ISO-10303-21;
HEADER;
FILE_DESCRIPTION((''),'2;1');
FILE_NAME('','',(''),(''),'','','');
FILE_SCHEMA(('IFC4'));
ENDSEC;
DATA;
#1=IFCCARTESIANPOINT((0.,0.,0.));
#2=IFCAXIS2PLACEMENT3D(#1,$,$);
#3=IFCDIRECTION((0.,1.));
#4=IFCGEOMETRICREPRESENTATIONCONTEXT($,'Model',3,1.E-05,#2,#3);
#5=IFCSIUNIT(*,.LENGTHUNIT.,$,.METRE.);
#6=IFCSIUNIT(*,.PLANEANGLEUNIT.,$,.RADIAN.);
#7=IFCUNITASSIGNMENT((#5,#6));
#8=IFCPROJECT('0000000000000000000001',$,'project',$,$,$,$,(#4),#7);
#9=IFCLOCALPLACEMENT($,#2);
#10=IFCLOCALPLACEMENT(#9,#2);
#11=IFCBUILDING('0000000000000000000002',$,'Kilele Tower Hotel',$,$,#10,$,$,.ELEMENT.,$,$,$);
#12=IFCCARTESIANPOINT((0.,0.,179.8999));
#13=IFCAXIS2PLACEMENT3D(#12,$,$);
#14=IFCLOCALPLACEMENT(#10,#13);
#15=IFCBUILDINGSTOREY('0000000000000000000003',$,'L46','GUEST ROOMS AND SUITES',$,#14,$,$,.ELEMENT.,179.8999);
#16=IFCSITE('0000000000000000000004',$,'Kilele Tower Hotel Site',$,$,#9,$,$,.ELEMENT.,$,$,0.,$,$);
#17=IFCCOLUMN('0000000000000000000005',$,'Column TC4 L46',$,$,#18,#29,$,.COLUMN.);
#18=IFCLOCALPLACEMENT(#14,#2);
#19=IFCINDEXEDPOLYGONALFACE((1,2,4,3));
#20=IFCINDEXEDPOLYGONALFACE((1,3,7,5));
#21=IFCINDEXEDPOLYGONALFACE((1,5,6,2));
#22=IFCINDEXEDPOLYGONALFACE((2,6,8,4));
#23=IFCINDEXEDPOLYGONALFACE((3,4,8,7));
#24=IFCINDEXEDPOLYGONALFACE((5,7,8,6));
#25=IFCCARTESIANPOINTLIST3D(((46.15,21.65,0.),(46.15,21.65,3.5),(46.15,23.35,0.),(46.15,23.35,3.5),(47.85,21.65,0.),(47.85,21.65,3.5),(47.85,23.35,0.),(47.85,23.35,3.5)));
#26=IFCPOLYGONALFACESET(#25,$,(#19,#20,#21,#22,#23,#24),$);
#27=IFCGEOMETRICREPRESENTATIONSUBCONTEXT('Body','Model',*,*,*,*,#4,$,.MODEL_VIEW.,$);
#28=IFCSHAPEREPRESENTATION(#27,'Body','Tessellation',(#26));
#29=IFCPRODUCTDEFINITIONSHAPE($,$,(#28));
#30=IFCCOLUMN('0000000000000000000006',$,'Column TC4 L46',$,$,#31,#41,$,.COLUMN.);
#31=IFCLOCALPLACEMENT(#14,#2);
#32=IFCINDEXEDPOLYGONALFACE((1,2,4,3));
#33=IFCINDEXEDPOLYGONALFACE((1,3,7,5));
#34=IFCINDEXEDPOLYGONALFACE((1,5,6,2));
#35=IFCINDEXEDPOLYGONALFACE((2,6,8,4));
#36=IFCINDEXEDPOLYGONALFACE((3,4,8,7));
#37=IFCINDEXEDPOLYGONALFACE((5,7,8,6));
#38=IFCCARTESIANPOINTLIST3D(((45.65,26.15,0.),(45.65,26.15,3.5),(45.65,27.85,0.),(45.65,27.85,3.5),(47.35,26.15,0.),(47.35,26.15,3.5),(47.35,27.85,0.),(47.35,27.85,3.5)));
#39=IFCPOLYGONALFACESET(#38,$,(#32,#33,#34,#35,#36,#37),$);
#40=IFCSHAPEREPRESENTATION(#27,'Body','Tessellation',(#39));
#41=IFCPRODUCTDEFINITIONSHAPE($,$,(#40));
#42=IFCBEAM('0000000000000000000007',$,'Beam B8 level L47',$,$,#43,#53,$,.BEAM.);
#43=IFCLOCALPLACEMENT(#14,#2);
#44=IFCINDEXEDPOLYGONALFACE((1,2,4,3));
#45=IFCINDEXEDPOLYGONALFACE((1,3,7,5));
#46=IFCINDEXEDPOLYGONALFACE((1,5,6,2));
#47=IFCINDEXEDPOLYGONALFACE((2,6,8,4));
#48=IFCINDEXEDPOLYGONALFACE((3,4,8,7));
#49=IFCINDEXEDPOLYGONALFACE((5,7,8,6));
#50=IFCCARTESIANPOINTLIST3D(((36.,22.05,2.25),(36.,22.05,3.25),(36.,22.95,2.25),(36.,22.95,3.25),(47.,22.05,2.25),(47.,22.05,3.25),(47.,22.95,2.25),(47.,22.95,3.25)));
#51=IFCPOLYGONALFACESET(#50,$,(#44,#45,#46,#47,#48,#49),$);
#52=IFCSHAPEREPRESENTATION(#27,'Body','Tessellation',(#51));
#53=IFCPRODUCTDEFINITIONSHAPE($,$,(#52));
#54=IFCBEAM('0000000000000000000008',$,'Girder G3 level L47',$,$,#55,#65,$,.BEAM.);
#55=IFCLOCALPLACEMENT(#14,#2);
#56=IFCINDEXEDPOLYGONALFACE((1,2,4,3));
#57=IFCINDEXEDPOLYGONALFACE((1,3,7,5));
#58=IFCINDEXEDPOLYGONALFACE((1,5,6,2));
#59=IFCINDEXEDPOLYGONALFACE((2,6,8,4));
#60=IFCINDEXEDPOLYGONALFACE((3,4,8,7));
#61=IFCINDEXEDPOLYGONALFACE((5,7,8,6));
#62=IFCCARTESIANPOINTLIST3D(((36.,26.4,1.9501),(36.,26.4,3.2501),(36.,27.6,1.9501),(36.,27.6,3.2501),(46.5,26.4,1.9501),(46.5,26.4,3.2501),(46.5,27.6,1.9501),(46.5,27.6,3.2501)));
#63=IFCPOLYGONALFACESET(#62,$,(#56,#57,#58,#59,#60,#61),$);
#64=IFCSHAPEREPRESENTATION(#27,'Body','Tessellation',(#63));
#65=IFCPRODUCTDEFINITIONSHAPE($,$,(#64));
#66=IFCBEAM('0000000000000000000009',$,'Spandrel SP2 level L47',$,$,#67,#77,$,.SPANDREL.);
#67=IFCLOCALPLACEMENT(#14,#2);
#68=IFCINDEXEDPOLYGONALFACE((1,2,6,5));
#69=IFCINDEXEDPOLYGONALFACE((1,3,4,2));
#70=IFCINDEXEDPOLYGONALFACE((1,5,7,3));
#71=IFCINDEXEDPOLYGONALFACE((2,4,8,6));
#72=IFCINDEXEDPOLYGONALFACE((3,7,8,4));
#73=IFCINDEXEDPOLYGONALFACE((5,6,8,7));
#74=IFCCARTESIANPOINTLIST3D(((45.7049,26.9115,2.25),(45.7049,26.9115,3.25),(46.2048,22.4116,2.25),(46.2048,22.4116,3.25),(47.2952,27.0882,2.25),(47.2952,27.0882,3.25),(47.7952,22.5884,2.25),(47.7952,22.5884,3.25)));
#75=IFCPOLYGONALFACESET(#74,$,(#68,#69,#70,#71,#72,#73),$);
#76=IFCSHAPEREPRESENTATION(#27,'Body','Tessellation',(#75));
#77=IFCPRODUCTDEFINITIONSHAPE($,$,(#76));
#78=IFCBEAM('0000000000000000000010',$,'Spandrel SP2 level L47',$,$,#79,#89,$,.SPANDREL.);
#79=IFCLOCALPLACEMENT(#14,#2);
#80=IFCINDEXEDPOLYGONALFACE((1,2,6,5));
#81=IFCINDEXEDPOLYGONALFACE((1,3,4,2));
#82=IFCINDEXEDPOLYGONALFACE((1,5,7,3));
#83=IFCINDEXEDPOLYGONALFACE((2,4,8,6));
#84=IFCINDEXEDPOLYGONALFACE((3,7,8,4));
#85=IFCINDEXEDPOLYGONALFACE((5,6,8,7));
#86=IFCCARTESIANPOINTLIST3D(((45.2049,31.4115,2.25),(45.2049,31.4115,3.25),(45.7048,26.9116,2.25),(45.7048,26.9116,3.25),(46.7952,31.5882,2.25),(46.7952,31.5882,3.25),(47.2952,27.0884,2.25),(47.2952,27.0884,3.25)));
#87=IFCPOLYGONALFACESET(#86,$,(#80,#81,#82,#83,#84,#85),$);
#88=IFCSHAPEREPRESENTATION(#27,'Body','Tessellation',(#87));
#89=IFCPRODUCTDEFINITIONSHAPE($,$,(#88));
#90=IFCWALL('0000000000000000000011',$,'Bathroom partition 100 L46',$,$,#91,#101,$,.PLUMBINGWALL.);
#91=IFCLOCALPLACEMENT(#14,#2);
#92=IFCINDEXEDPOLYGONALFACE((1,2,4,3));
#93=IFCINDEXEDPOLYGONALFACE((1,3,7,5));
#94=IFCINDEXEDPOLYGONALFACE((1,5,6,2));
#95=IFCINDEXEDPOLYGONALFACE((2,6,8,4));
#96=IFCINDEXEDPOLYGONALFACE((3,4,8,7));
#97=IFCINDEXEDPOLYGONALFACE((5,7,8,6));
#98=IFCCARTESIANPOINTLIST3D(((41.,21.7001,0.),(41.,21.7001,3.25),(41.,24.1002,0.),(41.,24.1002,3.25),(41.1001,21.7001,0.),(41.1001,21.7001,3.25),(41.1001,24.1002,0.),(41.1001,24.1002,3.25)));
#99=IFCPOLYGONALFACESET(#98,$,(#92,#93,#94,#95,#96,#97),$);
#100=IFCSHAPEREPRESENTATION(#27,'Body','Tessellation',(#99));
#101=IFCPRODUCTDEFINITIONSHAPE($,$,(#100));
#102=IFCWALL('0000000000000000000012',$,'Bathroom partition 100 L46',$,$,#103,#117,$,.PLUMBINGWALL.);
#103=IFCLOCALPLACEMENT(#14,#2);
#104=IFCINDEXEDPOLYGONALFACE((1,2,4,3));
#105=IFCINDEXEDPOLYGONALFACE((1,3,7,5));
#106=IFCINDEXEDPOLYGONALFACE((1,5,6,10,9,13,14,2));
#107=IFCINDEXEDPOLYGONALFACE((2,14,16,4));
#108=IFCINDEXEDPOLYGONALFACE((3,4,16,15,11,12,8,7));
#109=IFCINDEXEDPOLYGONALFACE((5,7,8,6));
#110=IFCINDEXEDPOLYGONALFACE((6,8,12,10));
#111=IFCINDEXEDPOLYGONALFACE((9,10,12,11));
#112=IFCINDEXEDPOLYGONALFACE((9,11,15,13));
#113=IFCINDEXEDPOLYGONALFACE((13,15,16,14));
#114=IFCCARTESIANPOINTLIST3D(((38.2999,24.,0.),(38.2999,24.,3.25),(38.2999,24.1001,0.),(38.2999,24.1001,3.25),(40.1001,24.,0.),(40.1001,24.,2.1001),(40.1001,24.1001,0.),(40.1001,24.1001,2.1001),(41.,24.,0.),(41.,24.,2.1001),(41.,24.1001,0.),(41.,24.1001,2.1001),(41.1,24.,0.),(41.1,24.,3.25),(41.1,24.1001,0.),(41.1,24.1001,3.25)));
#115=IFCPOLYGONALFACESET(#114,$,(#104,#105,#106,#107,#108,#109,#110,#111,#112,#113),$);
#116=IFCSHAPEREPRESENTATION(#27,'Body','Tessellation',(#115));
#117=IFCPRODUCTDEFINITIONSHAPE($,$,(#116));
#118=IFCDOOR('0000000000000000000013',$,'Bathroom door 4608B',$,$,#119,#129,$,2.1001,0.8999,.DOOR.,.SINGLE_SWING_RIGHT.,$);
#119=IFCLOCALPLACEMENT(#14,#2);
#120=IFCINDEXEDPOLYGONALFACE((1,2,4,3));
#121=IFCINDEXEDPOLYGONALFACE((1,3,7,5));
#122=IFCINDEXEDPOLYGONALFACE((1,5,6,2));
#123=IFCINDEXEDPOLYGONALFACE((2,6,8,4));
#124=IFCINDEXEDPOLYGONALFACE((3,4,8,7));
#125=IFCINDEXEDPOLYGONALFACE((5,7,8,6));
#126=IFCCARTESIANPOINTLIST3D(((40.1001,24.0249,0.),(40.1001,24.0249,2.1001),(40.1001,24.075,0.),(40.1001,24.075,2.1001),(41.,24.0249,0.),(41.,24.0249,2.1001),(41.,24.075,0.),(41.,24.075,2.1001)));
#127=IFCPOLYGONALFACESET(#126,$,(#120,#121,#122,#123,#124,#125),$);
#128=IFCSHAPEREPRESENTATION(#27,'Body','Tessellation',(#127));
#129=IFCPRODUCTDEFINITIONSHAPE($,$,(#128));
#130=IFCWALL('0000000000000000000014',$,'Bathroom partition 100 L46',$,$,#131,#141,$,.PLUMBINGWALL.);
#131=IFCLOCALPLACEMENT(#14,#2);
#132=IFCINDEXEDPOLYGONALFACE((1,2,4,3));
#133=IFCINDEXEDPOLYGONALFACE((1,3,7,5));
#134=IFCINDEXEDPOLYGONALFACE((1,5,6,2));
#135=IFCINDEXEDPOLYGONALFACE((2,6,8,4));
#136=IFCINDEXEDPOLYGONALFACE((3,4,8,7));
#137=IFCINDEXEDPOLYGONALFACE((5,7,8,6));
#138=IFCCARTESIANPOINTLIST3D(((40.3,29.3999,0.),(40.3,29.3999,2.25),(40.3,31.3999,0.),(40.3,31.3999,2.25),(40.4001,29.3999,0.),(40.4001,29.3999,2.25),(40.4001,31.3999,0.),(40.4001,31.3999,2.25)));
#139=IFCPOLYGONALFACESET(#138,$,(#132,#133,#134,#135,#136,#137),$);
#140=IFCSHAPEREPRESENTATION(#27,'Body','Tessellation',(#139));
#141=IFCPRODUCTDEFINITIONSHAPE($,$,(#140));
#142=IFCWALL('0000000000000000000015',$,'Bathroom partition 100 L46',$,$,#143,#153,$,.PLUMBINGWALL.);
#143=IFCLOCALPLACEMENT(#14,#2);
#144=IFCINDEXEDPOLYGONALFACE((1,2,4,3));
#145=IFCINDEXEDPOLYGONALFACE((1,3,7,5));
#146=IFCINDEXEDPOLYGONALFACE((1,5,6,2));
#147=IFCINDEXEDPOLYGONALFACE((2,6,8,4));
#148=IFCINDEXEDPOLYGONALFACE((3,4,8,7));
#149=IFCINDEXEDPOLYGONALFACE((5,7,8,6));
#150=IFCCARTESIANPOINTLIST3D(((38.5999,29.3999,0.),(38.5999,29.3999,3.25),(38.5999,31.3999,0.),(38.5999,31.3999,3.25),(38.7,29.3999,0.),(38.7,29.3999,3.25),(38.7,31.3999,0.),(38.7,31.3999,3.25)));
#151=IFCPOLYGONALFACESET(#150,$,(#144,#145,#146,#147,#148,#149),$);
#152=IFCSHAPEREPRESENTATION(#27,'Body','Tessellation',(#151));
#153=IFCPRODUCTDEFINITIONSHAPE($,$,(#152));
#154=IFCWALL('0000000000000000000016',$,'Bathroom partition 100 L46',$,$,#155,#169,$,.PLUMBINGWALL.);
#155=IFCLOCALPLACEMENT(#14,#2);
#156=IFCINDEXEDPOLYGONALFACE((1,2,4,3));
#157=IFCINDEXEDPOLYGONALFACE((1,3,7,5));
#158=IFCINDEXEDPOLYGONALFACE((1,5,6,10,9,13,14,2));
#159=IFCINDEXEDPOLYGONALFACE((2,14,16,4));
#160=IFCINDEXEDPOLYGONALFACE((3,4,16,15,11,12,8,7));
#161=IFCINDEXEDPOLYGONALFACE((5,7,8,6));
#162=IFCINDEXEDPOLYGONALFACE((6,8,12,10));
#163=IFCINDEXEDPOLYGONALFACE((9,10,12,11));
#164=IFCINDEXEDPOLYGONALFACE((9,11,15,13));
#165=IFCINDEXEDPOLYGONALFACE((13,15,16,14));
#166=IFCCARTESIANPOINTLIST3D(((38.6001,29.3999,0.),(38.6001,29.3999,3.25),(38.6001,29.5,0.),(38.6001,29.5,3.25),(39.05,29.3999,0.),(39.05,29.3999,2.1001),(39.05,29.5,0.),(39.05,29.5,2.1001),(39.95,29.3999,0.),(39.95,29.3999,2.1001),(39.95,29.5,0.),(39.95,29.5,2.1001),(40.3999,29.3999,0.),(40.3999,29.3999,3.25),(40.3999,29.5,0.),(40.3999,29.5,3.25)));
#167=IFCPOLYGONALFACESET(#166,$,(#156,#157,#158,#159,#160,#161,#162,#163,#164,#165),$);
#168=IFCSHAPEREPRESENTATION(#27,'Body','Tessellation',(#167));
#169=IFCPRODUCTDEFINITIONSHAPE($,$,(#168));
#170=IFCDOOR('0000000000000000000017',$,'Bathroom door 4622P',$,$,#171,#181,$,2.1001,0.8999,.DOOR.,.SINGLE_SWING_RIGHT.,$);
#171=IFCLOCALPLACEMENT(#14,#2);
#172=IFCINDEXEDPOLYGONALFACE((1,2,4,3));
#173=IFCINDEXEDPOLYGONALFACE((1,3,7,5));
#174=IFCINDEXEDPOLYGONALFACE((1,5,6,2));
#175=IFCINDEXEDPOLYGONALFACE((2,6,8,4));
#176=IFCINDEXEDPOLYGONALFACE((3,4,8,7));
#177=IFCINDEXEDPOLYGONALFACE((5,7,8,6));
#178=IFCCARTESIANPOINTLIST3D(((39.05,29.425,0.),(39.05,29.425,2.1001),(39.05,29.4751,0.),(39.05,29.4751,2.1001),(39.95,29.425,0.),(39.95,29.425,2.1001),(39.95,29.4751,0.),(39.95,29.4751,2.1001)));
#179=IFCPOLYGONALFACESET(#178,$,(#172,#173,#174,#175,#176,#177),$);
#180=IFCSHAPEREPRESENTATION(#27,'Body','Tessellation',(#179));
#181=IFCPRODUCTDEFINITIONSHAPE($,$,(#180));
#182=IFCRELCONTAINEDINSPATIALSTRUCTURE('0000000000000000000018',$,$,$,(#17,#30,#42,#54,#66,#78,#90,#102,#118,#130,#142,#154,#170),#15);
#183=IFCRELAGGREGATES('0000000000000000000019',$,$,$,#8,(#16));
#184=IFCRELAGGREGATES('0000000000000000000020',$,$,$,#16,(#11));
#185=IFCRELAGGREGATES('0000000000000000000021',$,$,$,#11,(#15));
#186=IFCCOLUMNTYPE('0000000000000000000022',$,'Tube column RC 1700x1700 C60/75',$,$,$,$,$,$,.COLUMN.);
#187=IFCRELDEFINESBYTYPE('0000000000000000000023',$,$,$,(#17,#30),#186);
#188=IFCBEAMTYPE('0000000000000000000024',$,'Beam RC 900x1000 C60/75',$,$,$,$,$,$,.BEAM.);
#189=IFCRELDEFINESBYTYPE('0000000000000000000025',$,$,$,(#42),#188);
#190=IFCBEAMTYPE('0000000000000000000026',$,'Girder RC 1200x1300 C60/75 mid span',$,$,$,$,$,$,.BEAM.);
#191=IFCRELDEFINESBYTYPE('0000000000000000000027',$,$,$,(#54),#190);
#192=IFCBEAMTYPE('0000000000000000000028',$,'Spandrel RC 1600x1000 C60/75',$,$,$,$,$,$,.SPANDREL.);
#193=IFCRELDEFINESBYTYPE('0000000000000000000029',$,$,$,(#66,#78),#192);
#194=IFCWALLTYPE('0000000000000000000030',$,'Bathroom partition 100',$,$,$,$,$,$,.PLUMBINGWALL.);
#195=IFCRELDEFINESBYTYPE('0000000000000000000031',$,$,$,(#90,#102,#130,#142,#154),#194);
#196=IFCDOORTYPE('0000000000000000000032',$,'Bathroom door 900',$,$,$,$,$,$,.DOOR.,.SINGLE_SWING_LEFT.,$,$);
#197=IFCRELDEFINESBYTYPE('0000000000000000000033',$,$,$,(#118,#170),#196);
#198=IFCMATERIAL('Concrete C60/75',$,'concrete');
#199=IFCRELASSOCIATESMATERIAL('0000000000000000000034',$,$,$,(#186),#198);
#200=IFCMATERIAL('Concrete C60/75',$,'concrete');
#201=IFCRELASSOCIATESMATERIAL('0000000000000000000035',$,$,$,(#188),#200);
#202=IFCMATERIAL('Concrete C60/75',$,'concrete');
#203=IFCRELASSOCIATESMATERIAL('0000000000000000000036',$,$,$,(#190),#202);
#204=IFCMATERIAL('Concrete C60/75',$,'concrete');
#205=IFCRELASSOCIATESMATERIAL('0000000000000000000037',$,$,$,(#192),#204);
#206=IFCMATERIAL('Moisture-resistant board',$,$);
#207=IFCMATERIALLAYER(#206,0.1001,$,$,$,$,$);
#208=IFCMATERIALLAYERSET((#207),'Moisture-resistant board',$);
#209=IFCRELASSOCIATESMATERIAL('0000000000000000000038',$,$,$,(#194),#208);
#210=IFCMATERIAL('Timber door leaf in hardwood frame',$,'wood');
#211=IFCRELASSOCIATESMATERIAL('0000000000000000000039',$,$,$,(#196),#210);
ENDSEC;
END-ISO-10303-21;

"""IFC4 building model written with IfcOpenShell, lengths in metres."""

from ifc_helpers import new_model, si_unit, direction, frame, frame_2d, origin, origin_2d, place, context, subcontext, project, spatial, rectangle, extrude, material, layer, layer_set, material_profile, profile_set, type_object, element, fill, save


model = new_model("IFC4")

# Units and contexts
model_context = context("Model", 3, precision=1e-05, world=origin(), true_north=direction((0.0, 1.0)))
body_context = subcontext(model_context, "Body", "Model", "MODEL_VIEW")
ifc_project = project(units=[si_unit("LENGTHUNIT", "METRE"), si_unit("PLANEANGLEUNIT", "RADIAN")], contexts=[model_context])

# Site, building, storey
site_placement = place(None, origin())
site = spatial("IfcSite", under=ifc_project, at=site_placement, Name="Kilele Tower Hotel Site", CompositionType="ELEMENT", RefElevation=0.0)
building_placement = place(site_placement, origin())
building = spatial("IfcBuilding", under=site, at=building_placement, Name="Kilele Tower Hotel", CompositionType="ELEMENT")
storey_placement = place(building_placement, frame((0.0, 0.0, 179.8999)))
storey = spatial("IfcBuildingStorey", under=building, at=storey_placement, Name="L46", Description="GUEST ROOMS AND SUITES", CompositionType="ELEMENT", Elevation=179.8999)

# Columns
ifc_material_1 = material(Name="Concrete C60/75", Category="concrete")
ifc_material_profile_1 = material_profile(ifc_material_1, rectangle(XDim=1.7, YDim=1.7, at=origin_2d()))
ifc_profile_set_1 = profile_set([ifc_material_profile_1], Name="Concrete C60/75")
column_type = type_object("IfcColumnType", Name="Tube column RC 1700x1700 C60/75", PredefinedType="COLUMN", material=ifc_profile_set_1)
for number, where, z_axis, x_axis, name in (
    (1, (47.0, 22.5, 0.0), (0.0, 0.0, 1.0), (1.0, 0.0, 0.0), "Column TC4 L46"),
    (2, (46.5, 27.0, 0.0), (0.0, 0.0, 1.0), (1.0, 0.0, 0.0), "Column TC4 L46"),
):
    element("IfcColumn", number, at=place(storey_placement, frame(where, z_axis=z_axis, x_axis=x_axis)), inside=storey, type_object=column_type, Name=name, PredefinedType="COLUMN", context=body_context, shape_type="SweptSolid", body=[
        extrude(rectangle(XDim=1.7, YDim=1.7, at=origin_2d()), origin(), (0.0, 0.0, 1.0), 3.5),
    ])

# Beams
ifc_material_2 = material(Name="Concrete C60/75", Category="concrete")
ifc_material_profile_2 = material_profile(ifc_material_2, rectangle(XDim=0.8999, YDim=1.0, at=origin_2d()))
ifc_profile_set_2 = profile_set([ifc_material_profile_2], Name="Concrete C60/75")
beam_type_1 = type_object("IfcBeamType", Name="Beam RC 900x1000 C60/75", PredefinedType="BEAM", material=ifc_profile_set_2)
beam_1_placement = place(storey_placement, frame((47.0, 22.5, 2.75), z_axis=(-1.0, 0.0, 0.0), x_axis=(0.0, -1.0, 0.0)))
element("IfcBeam", 3, at=beam_1_placement, inside=storey, type_object=beam_type_1, Name="Beam B8 level L47", PredefinedType="BEAM", context=body_context, shape_type="SweptSolid", body=[
    extrude(rectangle(XDim=0.8999, YDim=1.0, at=origin_2d()), origin(), (0.0, 0.0, 1.0), 11.0),
])
ifc_material_3 = material(Name="Concrete C60/75", Category="concrete")
ifc_material_profile_3 = material_profile(ifc_material_3, rectangle(XDim=1.2, YDim=1.3, at=origin_2d()))
ifc_profile_set_3 = profile_set([ifc_material_profile_3], Name="Concrete C60/75")
beam_type_2 = type_object("IfcBeamType", Name="Girder RC 1200x1300 C60/75 mid span", PredefinedType="BEAM", material=ifc_profile_set_3)
beam_2_placement = place(storey_placement, frame((46.5, 27.0, 2.6001), z_axis=(-1.0, 0.0, 0.0), x_axis=(0.0, -1.0, 0.0)))
element("IfcBeam", 4, at=beam_2_placement, inside=storey, type_object=beam_type_2, Name="Girder G3 level L47", PredefinedType="BEAM", context=body_context, shape_type="SweptSolid", body=[
    extrude(rectangle(XDim=1.2, YDim=1.3, at=origin_2d()), origin(), (0.0, 0.0, 1.0), 10.5),
])
ifc_material_4 = material(Name="Concrete C60/75", Category="concrete")
ifc_material_profile_4 = material_profile(ifc_material_4, rectangle(XDim=1.6001, YDim=1.0, at=origin_2d()))
ifc_profile_set_4 = profile_set([ifc_material_profile_4], Name="Concrete C60/75")
beam_type_3 = type_object("IfcBeamType", Name="Spandrel RC 1600x1000 C60/75", PredefinedType="SPANDREL", material=ifc_profile_set_4)
for number, where, z_axis, x_axis, name in (
    (5, (47.0, 22.5, 2.75), (-0.110432, 0.993884, 0.0), (-0.993884, -0.110432, 0.0), "Spandrel SP2 level L47"),
    (6, (46.5, 27.0, 2.75), (-0.110432, 0.993884, 0.0), (-0.993884, -0.110432, 0.0), "Spandrel SP2 level L47"),
):
    element("IfcBeam", number, at=place(storey_placement, frame(where, z_axis=z_axis, x_axis=x_axis)), inside=storey, type_object=beam_type_3, Name=name, PredefinedType="SPANDREL", context=body_context, shape_type="SweptSolid", body=[
        extrude(rectangle(XDim=1.6001, YDim=1.0, at=origin_2d()), origin(), (0.0, 0.0, 1.0), 4.5276),
    ])

# Wall
ifc_material_5 = material(Name="Moisture-resistant board")
ifc_layer_1 = layer(ifc_material_5, 0.1001)
ifc_layer_set_1 = layer_set([ifc_layer_1], Name="Moisture-resistant board")
wall_type_1 = type_object("IfcWallType", Name="Bathroom partition 100", PredefinedType="PLUMBINGWALL", material=ifc_layer_set_1)
wall_1_placement = place(storey_placement, frame((41.05, 21.7, 0.0), z_axis=(0.0, 0.0, 1.0), x_axis=(0.0, 1.0, 0.0)))
element("IfcWall", 7, at=wall_1_placement, inside=storey, type_object=wall_type_1, Name="Bathroom partition 100 L46", PredefinedType="PLUMBINGWALL", context=body_context, shape_type="SweptSolid", body=[
    extrude(rectangle(XDim=2.4001, YDim=0.1001, at=frame_2d((1.2002, 0.0))), origin(), (0.0, 0.0, 1.0), 3.25),
])

# Wall, opening, door
wall_2_placement = place(storey_placement, frame((38.3, 24.05, 0.0), z_axis=(0.0, 0.0, 1.0), x_axis=(1.0, 0.0, 0.0)))
wall_2 = element("IfcWall", 8, at=wall_2_placement, inside=storey, type_object=wall_type_1, Name="Bathroom partition 100 L46", PredefinedType="PLUMBINGWALL", context=body_context, shape_type="SweptSolid", body=[
    extrude(rectangle(XDim=2.8, YDim=0.1001, at=frame_2d((1.3999, 0.0))), origin(), (0.0, 0.0, 1.0), 3.25),
])
opening_1_placement = place(wall_2_placement, frame((1.8, 0.0, 0.0)))
opening_1 = element("IfcOpeningElement", 9, at=opening_1_placement, cuts=wall_2, PredefinedType="OPENING", context=body_context, shape_type="SweptSolid", body=[
    extrude(rectangle(XDim=0.8999, YDim=2.1001, at=frame_2d((0.45, 1.05))), frame((0.0, 0.0601, 0.0), z_axis=(0.0, -1.0, 0.0), x_axis=(1.0, 0.0, 0.0)), (0.0, 0.0, 1.0), 0.1201),
])
ifc_material_6 = material(Name="Timber door leaf in hardwood frame", Category="wood")
door_type_1 = type_object("IfcDoorType", Name="Bathroom door 900", OperationType="SINGLE_SWING_LEFT", PredefinedType="DOOR", material=ifc_material_6)
door_1_placement = place(opening_1_placement, origin())
door_1 = element("IfcDoor", 10, at=door_1_placement, inside=storey, type_object=door_type_1, Name="Bathroom door 4608B", OperationType="SINGLE_SWING_RIGHT", OverallHeight=2.1001, OverallWidth=0.8999, PredefinedType="DOOR", context=body_context, shape_type="SweptSolid", body=[
    extrude(rectangle(XDim=0.8999, YDim=2.1001, at=frame_2d((0.45, 1.05))), frame((0.0, 0.0249, 0.0), z_axis=(0.0, -1.0, 0.0), x_axis=(1.0, 0.0, 0.0)), (0.0, 0.0, 1.0), 0.05),
])
fill(opening_1, door_1)

# Walls
wall_3_placement = place(storey_placement, frame((40.3501, 31.3999, 0.0), z_axis=(0.0, 0.0, 1.0), x_axis=(0.0, -1.0, 0.0)))
element("IfcWall", 11, at=wall_3_placement, inside=storey, type_object=wall_type_1, Name="Bathroom partition 100 L46", PredefinedType="PLUMBINGWALL", context=body_context, shape_type="SweptSolid", body=[
    extrude(rectangle(XDim=2.0, YDim=0.1001, at=frame_2d((1.0, 0.0))), origin(), (0.0, 0.0, 1.0), 2.25),
])
wall_4_placement = place(storey_placement, frame((38.6499, 31.3999, 0.0), z_axis=(0.0, 0.0, 1.0), x_axis=(0.0, -1.0, 0.0)))
element("IfcWall", 12, at=wall_4_placement, inside=storey, type_object=wall_type_1, Name="Bathroom partition 100 L46", PredefinedType="PLUMBINGWALL", context=body_context, shape_type="SweptSolid", body=[
    extrude(rectangle(XDim=2.0, YDim=0.1001, at=frame_2d((1.0, 0.0))), origin(), (0.0, 0.0, 1.0), 3.25),
])

# Wall, opening, door
wall_5_placement = place(storey_placement, frame((38.6001, 29.45, 0.0), z_axis=(0.0, 0.0, 1.0), x_axis=(1.0, 0.0, 0.0)))
wall_5 = element("IfcWall", 13, at=wall_5_placement, inside=storey, type_object=wall_type_1, Name="Bathroom partition 100 L46", PredefinedType="PLUMBINGWALL", context=body_context, shape_type="SweptSolid", body=[
    extrude(rectangle(XDim=1.7998, YDim=0.1001, at=frame_2d((0.8999, 0.0))), origin(), (0.0, 0.0, 1.0), 3.25),
])
opening_2_placement = place(wall_5_placement, frame((1.3499, 0.0, 0.0), z_axis=(0.0, 0.0, 1.0), x_axis=(-1.0, 0.0, 0.0)))
opening_2 = element("IfcOpeningElement", 14, at=opening_2_placement, cuts=wall_5, PredefinedType="OPENING", context=body_context, shape_type="SweptSolid", body=[
    extrude(rectangle(XDim=0.8999, YDim=2.1001, at=frame_2d((0.45, 1.05))), frame((0.0, 0.0601, 0.0), z_axis=(0.0, -1.0, 0.0), x_axis=(1.0, 0.0, 0.0)), (0.0, 0.0, 1.0), 0.1201),
])
door_2_placement = place(opening_2_placement, origin())
door_2 = element("IfcDoor", 15, at=door_2_placement, inside=storey, type_object=door_type_1, Name="Bathroom door 4622P", OperationType="SINGLE_SWING_RIGHT", OverallHeight=2.1001, OverallWidth=0.8999, PredefinedType="DOOR", context=body_context, shape_type="SweptSolid", body=[
    extrude(rectangle(XDim=0.8999, YDim=2.1001, at=frame_2d((0.45, 1.05))), frame((0.0, 0.0249, 0.0), z_axis=(0.0, -1.0, 0.0), x_axis=(1.0, 0.0, 0.0)), (0.0, 0.0, 1.0), 0.05),
])
fill(opening_2, door_2)

save(model, "model.ifc")
